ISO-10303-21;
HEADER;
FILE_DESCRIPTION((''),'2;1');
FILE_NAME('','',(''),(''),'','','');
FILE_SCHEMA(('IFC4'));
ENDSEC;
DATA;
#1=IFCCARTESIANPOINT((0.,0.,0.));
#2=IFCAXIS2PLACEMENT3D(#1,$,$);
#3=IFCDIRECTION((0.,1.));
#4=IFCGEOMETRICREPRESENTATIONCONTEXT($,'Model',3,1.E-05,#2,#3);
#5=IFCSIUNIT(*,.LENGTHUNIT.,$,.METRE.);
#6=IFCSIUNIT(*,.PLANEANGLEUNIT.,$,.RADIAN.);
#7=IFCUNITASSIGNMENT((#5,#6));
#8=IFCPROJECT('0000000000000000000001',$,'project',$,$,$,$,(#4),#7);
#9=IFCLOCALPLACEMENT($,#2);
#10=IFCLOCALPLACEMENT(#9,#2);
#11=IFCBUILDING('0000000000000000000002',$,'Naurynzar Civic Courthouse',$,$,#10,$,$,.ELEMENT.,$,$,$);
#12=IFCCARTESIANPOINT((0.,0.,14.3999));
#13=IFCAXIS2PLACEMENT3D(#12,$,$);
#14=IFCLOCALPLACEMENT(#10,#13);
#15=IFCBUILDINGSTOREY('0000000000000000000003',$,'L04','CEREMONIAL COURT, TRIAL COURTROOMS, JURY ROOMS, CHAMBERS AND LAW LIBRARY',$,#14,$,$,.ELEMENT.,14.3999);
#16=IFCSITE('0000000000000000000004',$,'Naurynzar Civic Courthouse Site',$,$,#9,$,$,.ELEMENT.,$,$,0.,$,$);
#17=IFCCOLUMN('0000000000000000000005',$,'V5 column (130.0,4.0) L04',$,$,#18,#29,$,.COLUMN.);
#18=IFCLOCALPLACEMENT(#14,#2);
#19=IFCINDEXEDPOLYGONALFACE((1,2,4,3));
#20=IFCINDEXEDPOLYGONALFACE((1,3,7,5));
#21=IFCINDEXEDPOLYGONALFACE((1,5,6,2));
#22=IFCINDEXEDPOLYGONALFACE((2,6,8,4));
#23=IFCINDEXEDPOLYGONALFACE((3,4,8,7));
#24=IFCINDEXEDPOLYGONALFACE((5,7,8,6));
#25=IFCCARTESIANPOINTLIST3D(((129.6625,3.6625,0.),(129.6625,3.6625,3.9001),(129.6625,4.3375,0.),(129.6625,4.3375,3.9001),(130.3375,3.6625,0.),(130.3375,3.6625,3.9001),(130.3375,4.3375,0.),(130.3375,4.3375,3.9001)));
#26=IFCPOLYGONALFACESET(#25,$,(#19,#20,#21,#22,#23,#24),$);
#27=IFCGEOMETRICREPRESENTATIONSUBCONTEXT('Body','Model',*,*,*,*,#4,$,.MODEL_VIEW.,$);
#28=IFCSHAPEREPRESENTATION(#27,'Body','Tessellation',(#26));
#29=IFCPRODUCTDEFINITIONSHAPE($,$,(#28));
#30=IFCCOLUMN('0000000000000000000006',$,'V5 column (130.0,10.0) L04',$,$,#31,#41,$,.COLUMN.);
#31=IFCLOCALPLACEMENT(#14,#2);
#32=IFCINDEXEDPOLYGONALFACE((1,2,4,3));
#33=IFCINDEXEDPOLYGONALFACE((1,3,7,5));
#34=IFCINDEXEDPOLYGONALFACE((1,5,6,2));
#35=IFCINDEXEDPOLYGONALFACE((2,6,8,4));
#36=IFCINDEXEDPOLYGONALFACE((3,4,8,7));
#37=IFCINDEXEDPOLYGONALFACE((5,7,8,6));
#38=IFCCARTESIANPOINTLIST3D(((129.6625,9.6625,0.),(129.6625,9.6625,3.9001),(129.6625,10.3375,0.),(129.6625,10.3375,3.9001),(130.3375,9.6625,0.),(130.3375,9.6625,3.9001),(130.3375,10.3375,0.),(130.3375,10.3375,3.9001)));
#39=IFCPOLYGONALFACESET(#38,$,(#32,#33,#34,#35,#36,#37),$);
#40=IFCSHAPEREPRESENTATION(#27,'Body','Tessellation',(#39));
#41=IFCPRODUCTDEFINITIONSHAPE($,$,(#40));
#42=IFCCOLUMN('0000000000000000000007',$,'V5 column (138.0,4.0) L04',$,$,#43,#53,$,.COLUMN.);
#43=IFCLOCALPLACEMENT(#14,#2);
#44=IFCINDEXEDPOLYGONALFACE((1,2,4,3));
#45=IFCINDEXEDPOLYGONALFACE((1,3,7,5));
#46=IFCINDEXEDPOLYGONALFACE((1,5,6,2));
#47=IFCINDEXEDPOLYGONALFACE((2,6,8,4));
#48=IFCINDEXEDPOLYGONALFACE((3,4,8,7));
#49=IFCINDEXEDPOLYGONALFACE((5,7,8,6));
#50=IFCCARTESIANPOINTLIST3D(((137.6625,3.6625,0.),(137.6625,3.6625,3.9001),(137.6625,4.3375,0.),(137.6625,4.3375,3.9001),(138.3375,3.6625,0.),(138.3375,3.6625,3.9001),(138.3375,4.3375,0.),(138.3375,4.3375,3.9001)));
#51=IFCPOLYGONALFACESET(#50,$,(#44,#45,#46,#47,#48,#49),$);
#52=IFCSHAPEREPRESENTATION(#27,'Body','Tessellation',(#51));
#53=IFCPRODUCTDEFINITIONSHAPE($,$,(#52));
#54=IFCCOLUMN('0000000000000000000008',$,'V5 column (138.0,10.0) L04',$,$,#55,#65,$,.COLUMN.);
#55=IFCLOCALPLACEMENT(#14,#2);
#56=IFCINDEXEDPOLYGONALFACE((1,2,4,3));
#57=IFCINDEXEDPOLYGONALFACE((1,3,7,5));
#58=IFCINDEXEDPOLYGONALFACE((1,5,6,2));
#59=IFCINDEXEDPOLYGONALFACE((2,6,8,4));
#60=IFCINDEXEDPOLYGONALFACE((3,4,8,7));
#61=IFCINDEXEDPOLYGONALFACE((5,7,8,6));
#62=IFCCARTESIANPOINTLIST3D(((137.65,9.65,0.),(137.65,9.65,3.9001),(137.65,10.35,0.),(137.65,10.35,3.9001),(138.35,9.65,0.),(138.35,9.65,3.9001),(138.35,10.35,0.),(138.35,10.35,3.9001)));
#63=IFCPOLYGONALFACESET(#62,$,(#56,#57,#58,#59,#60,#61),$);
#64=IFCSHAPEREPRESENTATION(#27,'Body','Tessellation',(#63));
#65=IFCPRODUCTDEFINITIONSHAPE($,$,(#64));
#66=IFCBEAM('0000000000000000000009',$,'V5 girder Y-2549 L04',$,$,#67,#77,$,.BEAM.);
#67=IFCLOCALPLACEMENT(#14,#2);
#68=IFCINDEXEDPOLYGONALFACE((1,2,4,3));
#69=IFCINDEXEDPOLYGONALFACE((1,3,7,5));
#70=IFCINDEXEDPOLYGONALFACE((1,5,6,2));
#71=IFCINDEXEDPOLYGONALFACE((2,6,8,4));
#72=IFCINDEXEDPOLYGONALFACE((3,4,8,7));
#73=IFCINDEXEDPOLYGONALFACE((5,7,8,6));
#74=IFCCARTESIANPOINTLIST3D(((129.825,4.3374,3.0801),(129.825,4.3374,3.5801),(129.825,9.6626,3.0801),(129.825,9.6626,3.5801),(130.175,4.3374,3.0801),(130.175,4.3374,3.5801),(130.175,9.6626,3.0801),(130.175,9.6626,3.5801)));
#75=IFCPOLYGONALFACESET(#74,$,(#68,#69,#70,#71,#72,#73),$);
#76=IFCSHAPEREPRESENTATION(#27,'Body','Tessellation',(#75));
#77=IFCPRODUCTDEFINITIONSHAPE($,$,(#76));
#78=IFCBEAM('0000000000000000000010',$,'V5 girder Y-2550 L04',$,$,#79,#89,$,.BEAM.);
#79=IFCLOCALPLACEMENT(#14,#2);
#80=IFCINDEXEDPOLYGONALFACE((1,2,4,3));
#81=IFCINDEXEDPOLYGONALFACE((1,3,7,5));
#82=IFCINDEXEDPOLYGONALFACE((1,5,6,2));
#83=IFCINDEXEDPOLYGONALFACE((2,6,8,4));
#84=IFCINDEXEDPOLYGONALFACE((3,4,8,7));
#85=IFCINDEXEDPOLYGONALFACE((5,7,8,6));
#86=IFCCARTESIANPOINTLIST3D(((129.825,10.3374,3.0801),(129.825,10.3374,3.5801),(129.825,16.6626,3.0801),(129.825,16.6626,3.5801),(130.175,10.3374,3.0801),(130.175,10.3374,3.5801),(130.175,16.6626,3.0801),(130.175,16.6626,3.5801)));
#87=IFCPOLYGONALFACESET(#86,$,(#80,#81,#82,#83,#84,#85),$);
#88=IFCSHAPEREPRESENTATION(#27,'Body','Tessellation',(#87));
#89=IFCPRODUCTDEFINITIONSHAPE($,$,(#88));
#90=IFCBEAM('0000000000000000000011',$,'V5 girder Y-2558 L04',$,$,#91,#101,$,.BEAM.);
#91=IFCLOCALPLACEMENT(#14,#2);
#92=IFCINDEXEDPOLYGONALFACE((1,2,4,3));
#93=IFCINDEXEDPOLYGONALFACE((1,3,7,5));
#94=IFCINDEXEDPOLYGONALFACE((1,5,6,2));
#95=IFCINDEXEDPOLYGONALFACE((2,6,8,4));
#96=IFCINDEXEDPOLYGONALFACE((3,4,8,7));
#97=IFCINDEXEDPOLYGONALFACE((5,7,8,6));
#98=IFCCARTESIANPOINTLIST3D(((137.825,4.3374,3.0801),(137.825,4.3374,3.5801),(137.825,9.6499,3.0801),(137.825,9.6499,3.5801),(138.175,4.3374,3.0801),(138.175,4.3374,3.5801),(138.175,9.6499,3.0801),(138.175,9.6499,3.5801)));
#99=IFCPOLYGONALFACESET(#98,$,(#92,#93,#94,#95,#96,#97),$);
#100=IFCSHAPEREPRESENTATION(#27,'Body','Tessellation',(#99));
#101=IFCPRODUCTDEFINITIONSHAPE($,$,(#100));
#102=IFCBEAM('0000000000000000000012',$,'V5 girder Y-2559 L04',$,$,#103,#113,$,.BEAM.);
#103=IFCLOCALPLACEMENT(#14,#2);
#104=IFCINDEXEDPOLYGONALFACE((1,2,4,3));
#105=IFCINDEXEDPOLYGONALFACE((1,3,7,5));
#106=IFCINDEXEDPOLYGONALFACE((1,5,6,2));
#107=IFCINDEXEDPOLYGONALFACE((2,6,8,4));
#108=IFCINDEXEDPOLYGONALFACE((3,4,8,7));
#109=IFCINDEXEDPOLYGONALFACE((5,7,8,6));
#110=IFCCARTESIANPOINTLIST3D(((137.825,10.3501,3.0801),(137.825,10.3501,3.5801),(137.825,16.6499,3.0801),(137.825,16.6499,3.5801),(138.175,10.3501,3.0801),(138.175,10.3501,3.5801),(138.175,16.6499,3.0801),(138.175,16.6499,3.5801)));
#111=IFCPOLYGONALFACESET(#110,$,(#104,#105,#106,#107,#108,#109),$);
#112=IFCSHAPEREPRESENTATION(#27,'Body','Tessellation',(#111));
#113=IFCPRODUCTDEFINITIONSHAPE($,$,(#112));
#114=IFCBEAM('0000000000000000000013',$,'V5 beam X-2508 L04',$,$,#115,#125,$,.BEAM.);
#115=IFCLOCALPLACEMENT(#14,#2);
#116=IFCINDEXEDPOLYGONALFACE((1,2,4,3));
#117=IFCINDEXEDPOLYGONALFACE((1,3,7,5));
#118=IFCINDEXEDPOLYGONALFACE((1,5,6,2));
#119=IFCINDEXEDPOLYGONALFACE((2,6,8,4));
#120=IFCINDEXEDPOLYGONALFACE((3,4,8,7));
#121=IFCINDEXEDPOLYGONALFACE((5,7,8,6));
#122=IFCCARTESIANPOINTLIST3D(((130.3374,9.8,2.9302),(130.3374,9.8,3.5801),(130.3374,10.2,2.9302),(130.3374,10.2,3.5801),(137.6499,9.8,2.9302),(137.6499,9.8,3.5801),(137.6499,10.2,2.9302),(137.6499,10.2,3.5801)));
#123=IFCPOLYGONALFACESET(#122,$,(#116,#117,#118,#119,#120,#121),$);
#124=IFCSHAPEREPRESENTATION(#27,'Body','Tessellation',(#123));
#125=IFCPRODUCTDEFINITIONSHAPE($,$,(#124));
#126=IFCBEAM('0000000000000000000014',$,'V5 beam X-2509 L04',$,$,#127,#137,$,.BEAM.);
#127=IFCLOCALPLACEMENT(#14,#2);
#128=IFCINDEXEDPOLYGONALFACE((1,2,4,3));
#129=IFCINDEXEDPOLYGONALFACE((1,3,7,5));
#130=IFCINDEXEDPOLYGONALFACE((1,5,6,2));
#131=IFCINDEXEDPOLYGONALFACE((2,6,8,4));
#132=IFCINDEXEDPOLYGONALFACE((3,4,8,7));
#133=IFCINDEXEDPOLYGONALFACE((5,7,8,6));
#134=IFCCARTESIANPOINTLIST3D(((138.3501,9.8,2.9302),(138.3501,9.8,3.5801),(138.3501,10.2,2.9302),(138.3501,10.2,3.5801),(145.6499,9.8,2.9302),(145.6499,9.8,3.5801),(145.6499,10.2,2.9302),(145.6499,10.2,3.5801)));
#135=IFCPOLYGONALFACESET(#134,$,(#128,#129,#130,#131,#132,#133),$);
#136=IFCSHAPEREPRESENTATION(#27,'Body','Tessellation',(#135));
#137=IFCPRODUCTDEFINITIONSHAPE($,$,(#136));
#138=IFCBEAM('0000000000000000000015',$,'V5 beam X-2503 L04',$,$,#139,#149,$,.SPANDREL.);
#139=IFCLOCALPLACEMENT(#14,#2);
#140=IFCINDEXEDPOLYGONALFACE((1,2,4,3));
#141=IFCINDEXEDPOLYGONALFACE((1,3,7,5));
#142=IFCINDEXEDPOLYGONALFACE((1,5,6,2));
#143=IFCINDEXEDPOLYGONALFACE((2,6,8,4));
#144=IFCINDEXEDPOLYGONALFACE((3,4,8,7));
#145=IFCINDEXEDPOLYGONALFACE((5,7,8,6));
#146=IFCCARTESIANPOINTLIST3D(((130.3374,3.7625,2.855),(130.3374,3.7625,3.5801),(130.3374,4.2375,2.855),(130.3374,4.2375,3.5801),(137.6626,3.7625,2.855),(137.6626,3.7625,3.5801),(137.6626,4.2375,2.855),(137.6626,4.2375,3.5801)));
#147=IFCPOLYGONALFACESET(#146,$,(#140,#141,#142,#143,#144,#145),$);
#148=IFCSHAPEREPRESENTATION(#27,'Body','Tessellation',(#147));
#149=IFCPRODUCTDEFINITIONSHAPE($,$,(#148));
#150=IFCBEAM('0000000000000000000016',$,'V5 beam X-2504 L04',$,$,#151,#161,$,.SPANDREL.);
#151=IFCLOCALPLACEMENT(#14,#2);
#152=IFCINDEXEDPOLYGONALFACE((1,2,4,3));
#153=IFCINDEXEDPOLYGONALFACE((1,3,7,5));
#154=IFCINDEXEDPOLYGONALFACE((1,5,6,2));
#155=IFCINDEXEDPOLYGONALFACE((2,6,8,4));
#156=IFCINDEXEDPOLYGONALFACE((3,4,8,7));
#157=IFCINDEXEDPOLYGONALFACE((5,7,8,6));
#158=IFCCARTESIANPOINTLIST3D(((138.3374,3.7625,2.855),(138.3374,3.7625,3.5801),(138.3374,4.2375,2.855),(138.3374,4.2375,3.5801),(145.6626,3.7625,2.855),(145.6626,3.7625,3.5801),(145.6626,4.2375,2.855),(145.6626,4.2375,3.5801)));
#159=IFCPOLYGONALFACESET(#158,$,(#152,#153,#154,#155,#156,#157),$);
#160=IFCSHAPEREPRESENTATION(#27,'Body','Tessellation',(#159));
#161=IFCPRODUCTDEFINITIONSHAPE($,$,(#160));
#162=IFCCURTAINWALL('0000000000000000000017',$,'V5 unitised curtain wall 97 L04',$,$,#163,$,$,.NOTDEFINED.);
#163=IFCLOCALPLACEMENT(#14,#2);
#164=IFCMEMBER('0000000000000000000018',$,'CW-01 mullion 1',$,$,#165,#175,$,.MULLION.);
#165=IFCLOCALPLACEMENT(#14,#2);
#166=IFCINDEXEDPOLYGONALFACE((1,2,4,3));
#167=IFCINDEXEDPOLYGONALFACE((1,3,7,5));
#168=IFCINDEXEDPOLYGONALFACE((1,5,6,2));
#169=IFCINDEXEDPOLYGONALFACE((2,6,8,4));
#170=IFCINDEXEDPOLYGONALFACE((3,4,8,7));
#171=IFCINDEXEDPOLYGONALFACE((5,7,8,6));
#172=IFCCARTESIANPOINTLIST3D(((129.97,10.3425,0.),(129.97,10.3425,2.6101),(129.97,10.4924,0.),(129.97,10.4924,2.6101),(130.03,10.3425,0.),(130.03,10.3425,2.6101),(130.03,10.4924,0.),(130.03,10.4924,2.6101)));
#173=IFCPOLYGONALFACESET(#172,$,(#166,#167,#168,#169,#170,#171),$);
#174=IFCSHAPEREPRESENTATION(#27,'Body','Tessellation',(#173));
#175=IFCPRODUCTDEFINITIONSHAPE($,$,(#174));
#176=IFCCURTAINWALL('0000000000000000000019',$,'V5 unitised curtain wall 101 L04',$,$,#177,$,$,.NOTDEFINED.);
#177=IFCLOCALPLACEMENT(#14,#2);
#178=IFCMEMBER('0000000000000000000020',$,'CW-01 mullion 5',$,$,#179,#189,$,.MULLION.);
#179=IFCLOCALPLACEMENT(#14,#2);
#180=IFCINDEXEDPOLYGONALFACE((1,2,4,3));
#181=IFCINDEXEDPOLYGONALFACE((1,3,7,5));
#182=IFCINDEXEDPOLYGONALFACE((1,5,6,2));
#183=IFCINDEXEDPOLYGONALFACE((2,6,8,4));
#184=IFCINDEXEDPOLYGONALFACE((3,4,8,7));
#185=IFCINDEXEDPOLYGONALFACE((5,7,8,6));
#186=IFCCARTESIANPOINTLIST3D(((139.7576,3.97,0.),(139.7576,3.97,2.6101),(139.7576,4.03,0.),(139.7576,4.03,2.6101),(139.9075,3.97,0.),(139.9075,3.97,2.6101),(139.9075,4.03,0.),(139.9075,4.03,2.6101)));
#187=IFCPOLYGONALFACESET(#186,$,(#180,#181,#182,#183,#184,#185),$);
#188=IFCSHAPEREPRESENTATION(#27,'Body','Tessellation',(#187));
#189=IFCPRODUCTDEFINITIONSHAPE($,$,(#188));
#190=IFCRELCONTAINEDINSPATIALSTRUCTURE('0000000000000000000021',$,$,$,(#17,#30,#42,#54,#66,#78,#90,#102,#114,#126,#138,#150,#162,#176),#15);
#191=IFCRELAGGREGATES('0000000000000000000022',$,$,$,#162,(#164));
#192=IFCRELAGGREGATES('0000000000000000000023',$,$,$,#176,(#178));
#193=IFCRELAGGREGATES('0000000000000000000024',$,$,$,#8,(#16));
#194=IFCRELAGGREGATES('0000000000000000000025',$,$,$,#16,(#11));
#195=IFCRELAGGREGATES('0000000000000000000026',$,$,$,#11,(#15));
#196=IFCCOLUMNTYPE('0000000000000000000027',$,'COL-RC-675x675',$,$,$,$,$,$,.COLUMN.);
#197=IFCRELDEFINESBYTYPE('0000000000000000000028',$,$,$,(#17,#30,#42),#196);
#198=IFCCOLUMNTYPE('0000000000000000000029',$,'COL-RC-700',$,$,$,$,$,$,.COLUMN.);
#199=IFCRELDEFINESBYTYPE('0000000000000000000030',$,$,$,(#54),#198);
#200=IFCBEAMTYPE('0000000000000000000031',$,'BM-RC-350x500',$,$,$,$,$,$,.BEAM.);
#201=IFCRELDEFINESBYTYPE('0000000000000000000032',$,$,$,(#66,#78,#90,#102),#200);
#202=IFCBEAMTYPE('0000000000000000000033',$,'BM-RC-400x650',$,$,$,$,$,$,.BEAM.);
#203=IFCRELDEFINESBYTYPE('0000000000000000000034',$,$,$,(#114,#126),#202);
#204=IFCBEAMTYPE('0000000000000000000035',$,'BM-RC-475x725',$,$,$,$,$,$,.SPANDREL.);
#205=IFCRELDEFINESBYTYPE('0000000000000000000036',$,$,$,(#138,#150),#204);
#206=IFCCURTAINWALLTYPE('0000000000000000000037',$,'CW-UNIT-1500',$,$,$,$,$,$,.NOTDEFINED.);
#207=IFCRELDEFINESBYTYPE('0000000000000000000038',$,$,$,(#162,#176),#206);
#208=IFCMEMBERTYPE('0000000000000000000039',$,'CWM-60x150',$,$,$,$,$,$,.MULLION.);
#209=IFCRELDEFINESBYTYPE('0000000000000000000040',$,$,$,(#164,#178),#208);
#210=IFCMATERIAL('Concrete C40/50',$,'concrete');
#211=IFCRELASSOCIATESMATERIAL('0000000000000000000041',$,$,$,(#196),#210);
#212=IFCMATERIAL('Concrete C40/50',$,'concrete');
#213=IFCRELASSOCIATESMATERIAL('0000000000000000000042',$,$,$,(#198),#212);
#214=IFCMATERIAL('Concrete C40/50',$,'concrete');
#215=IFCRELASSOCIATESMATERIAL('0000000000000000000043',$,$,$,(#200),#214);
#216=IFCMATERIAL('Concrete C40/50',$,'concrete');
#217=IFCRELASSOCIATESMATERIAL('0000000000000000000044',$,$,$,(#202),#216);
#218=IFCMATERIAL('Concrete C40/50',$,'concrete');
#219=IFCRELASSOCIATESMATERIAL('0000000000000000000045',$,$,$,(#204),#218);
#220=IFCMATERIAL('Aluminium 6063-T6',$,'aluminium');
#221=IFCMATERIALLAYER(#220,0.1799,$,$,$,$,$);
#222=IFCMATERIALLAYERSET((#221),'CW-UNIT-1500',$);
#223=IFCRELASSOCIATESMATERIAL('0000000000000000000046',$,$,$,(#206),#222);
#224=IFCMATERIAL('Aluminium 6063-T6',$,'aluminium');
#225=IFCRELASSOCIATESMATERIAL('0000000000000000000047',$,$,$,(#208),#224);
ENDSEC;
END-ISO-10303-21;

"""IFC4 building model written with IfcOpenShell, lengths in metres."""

from ifc_helpers import new_model, si_unit, direction, frame, origin, origin_2d, place, context, subcontext, project, spatial, rectangle, extrude, material, layer, layer_set, material_profile, profile_set, type_object, element, aggregate, save


model = new_model("IFC4")

# Units and contexts
model_context = context("Model", 3, precision=1e-05, world=origin(), true_north=direction((0.0, 1.0)))
body_context = subcontext(model_context, "Body", "Model", "MODEL_VIEW")
ifc_project = project(units=[si_unit("LENGTHUNIT", "METRE"), si_unit("PLANEANGLEUNIT", "RADIAN")], contexts=[model_context])

# Site, building, storey
site_placement = place(None, origin())
site = spatial("IfcSite", under=ifc_project, at=site_placement, Name="Naurynzar Civic Courthouse Site", CompositionType="ELEMENT", RefElevation=0.0)
building_placement = place(site_placement, origin())
building = spatial("IfcBuilding", under=site, at=building_placement, Name="Naurynzar Civic Courthouse", CompositionType="ELEMENT")
storey_placement = place(building_placement, frame((0.0, 0.0, 14.3999)))
storey = spatial("IfcBuildingStorey", under=building, at=storey_placement, Name="L04", Description="CEREMONIAL COURT, TRIAL COURTROOMS, JURY ROOMS, CHAMBERS AND LAW LIBRARY", CompositionType="ELEMENT", Elevation=14.3999)

# Columns
ifc_material_1 = material(Name="Concrete C40/50", Category="concrete")
ifc_material_profile_1 = material_profile(ifc_material_1, rectangle(XDim=0.675, YDim=0.675, at=origin_2d()), Name="RC 675x675")
ifc_profile_set_1 = profile_set([ifc_material_profile_1], Name="Concrete C40/50")
column_type_1 = type_object("IfcColumnType", Name="COL-RC-675x675", PredefinedType="COLUMN", material=ifc_profile_set_1)
for number, where, z_axis, x_axis, name in (
    (1, (130.0, 4.0, 0.0), (0.0, 0.0, 1.0), (1.0, 0.0, 0.0), "V5 column (130.0,4.0) L04"),
    (2, (130.0, 10.0, 0.0), (0.0, 0.0, 1.0), (1.0, 0.0, 0.0), "V5 column (130.0,10.0) L04"),
    (3, (138.0, 4.0, 0.0), (0.0, 0.0, 1.0), (1.0, 0.0, 0.0), "V5 column (138.0,4.0) L04"),
):
    element("IfcColumn", number, at=place(storey_placement, frame(where, z_axis=z_axis, x_axis=x_axis)), inside=storey, type_object=column_type_1, Name=name, PredefinedType="COLUMN", context=body_context, shape_type="SweptSolid", body=[
        extrude(rectangle(XDim=0.675, YDim=0.675, at=origin_2d()), origin(), (0.0, 0.0, 1.0), 3.9001),
    ])
ifc_material_2 = material(Name="Concrete C40/50", Category="concrete")
ifc_material_profile_2 = material_profile(ifc_material_2, rectangle(XDim=0.7, YDim=0.7, at=origin_2d()), Name="RC 700x700")
ifc_profile_set_2 = profile_set([ifc_material_profile_2], Name="Concrete C40/50")
column_type_2 = type_object("IfcColumnType", Name="COL-RC-700", PredefinedType="COLUMN", material=ifc_profile_set_2)
column_placement = place(storey_placement, frame((138.0, 10.0, 0.0), z_axis=(0.0, 0.0, 1.0), x_axis=(1.0, 0.0, 0.0)))
element("IfcColumn", 4, at=column_placement, inside=storey, type_object=column_type_2, Name="V5 column (138.0,10.0) L04", PredefinedType="COLUMN", context=body_context, shape_type="SweptSolid", body=[
    extrude(rectangle(XDim=0.7, YDim=0.7, at=origin_2d()), origin(), (0.0, 0.0, 1.0), 3.9001),
])

# Beams
ifc_material_3 = material(Name="Concrete C40/50", Category="concrete")
ifc_material_profile_3 = material_profile(ifc_material_3, rectangle(XDim=0.3501, YDim=0.5, at=origin_2d()), Name="RCB 350x500")
ifc_profile_set_3 = profile_set([ifc_material_profile_3], Name="Concrete C40/50")
beam_type_1 = type_object("IfcBeamType", Name="BM-RC-350x500", PredefinedType="BEAM", material=ifc_profile_set_3)
beam_1_placement = place(storey_placement, frame((130.0, 4.3374, 3.3301), z_axis=(0.0, 1.0, 0.0), x_axis=(-1.0, 0.0, 0.0)))
element("IfcBeam", 5, at=beam_1_placement, inside=storey, type_object=beam_type_1, Name="V5 girder Y-2549 L04", PredefinedType="BEAM", context=body_context, shape_type="SweptSolid", body=[
    extrude(rectangle(XDim=0.3501, YDim=0.5, at=origin_2d()), origin(), (0.0, 0.0, 1.0), 5.3252),
])
beam_2_placement = place(storey_placement, frame((130.0, 10.3374, 3.3301), z_axis=(0.0, 1.0, 0.0), x_axis=(-1.0, 0.0, 0.0)))
element("IfcBeam", 6, at=beam_2_placement, inside=storey, type_object=beam_type_1, Name="V5 girder Y-2550 L04", PredefinedType="BEAM", context=body_context, shape_type="SweptSolid", body=[
    extrude(rectangle(XDim=0.3501, YDim=0.5, at=origin_2d()), origin(), (0.0, 0.0, 1.0), 6.3252),
])
beam_3_placement = place(storey_placement, frame((138.0, 4.3374, 3.3301), z_axis=(0.0, 1.0, 0.0), x_axis=(-1.0, 0.0, 0.0)))
element("IfcBeam", 7, at=beam_3_placement, inside=storey, type_object=beam_type_1, Name="V5 girder Y-2558 L04", PredefinedType="BEAM", context=body_context, shape_type="SweptSolid", body=[
    extrude(rectangle(XDim=0.3501, YDim=0.5, at=origin_2d()), origin(), (0.0, 0.0, 1.0), 5.3125),
])
beam_4_placement = place(storey_placement, frame((138.0, 10.3501, 3.3301), z_axis=(0.0, 1.0, 0.0), x_axis=(-1.0, 0.0, 0.0)))
element("IfcBeam", 8, at=beam_4_placement, inside=storey, type_object=beam_type_1, Name="V5 girder Y-2559 L04", PredefinedType="BEAM", context=body_context, shape_type="SweptSolid", body=[
    extrude(rectangle(XDim=0.3501, YDim=0.5, at=origin_2d()), origin(), (0.0, 0.0, 1.0), 6.2998),
])
ifc_material_4 = material(Name="Concrete C40/50", Category="concrete")
ifc_material_profile_4 = material_profile(ifc_material_4, rectangle(XDim=0.3999, YDim=0.6499, at=origin_2d()), Name="RCB 400x650")
ifc_profile_set_4 = profile_set([ifc_material_profile_4], Name="Concrete C40/50")
beam_type_2 = type_object("IfcBeamType", Name="BM-RC-400x650", PredefinedType="BEAM", material=ifc_profile_set_4)
beam_5_placement = place(storey_placement, frame((130.3374, 10.0, 3.2551), z_axis=(1.0, 0.0, 0.0), x_axis=(0.0, 1.0, 0.0)))
element("IfcBeam", 9, at=beam_5_placement, inside=storey, type_object=beam_type_2, Name="V5 beam X-2508 L04", PredefinedType="BEAM", context=body_context, shape_type="SweptSolid", body=[
    extrude(rectangle(XDim=0.3999, YDim=0.6499, at=origin_2d()), origin(), (0.0, 0.0, 1.0), 7.3125),
])
beam_6_placement = place(storey_placement, frame((138.3501, 10.0, 3.2551), z_axis=(1.0, 0.0, 0.0), x_axis=(0.0, 1.0, 0.0)))
element("IfcBeam", 10, at=beam_6_placement, inside=storey, type_object=beam_type_2, Name="V5 beam X-2509 L04", PredefinedType="BEAM", context=body_context, shape_type="SweptSolid", body=[
    extrude(rectangle(XDim=0.3999, YDim=0.6499, at=origin_2d()), origin(), (0.0, 0.0, 1.0), 7.2998),
])
ifc_material_5 = material(Name="Concrete C40/50", Category="concrete")
ifc_material_profile_5 = material_profile(ifc_material_5, rectangle(XDim=0.4751, YDim=0.7251, at=origin_2d()), Name="RCB 475x725")
ifc_profile_set_5 = profile_set([ifc_material_profile_5], Name="Concrete C40/50")
beam_type_3 = type_object("IfcBeamType", Name="BM-RC-475x725", PredefinedType="SPANDREL", material=ifc_profile_set_5)
for number, where, z_axis, x_axis, name in (
    (11, (130.3374, 4.0, 3.2175), (1.0, 0.0, 0.0), (0.0, 1.0, 0.0), "V5 beam X-2503 L04"),
    (12, (138.3374, 4.0, 3.2175), (1.0, 0.0, 0.0), (0.0, 1.0, 0.0), "V5 beam X-2504 L04"),
):
    element("IfcBeam", number, at=place(storey_placement, frame(where, z_axis=z_axis, x_axis=x_axis)), inside=storey, type_object=beam_type_3, Name=name, PredefinedType="SPANDREL", context=body_context, shape_type="SweptSolid", body=[
        extrude(rectangle(XDim=0.4751, YDim=0.7251, at=origin_2d()), origin(), (0.0, 0.0, 1.0), 7.3252),
    ])

# Curtain wall, member
ifc_material_6 = material(Name="Aluminium 6063-T6", Category="aluminium")
ifc_layer_1 = layer(ifc_material_6, 0.1799)
ifc_layer_set_1 = layer_set([ifc_layer_1], Name="CW-UNIT-1500")
curtain_wall_type = type_object("IfcCurtainWallType", Name="CW-UNIT-1500", PredefinedType="NOTDEFINED", material=ifc_layer_set_1)
curtain_wall_1_placement = place(storey_placement, origin())
curtain_wall_1 = element("IfcCurtainWall", 13, at=curtain_wall_1_placement, inside=storey, type_object=curtain_wall_type, Name="V5 unitised curtain wall 97 L04", PredefinedType="NOTDEFINED")
ifc_material_7 = material(Name="Aluminium 6063-T6", Category="aluminium")
ifc_material_profile_6 = material_profile(ifc_material_7, rectangle(XDim=0.0601, YDim=0.1499, at=origin_2d()), Name="ALU MULLION 60x150")
ifc_profile_set_6 = profile_set([ifc_material_profile_6], Name="Aluminium 6063-T6")
member_type_1 = type_object("IfcMemberType", Name="CWM-60x150", PredefinedType="MULLION", material=ifc_profile_set_6)
member_1_placement = place(storey_placement, frame((130.0, 10.4175, 0.0), z_axis=(0.0, 0.0, 1.0), x_axis=(-1.0, 0.0, 0.0)))
member_1 = element("IfcMember", 14, at=member_1_placement, type_object=member_type_1, Name="CW-01 mullion 1", PredefinedType="MULLION", context=body_context, shape_type="SweptSolid", body=[
    extrude(rectangle(XDim=0.0601, YDim=0.1499, at=origin_2d()), origin(), (0.0, 0.0, 1.0), 2.6101),
])

# Curtain wall, member
curtain_wall_2_placement = place(storey_placement, origin())
curtain_wall_2 = element("IfcCurtainWall", 15, at=curtain_wall_2_placement, inside=storey, type_object=curtain_wall_type, Name="V5 unitised curtain wall 101 L04", PredefinedType="NOTDEFINED")
member_2_placement = place(storey_placement, frame((139.8325, 4.0, 0.0), z_axis=(0.0, 0.0, 1.0), x_axis=(0.0, -1.0, 0.0)))
member_2 = element("IfcMember", 16, at=member_2_placement, type_object=member_type_1, Name="CW-01 mullion 5", PredefinedType="MULLION", context=body_context, shape_type="SweptSolid", body=[
    extrude(rectangle(XDim=0.0601, YDim=0.1499, at=origin_2d()), origin(), (0.0, 0.0, 1.0), 2.6101),
])

aggregate(curtain_wall_1, [member_1])

aggregate(curtain_wall_2, [member_2])

save(model, "model.ifc")
